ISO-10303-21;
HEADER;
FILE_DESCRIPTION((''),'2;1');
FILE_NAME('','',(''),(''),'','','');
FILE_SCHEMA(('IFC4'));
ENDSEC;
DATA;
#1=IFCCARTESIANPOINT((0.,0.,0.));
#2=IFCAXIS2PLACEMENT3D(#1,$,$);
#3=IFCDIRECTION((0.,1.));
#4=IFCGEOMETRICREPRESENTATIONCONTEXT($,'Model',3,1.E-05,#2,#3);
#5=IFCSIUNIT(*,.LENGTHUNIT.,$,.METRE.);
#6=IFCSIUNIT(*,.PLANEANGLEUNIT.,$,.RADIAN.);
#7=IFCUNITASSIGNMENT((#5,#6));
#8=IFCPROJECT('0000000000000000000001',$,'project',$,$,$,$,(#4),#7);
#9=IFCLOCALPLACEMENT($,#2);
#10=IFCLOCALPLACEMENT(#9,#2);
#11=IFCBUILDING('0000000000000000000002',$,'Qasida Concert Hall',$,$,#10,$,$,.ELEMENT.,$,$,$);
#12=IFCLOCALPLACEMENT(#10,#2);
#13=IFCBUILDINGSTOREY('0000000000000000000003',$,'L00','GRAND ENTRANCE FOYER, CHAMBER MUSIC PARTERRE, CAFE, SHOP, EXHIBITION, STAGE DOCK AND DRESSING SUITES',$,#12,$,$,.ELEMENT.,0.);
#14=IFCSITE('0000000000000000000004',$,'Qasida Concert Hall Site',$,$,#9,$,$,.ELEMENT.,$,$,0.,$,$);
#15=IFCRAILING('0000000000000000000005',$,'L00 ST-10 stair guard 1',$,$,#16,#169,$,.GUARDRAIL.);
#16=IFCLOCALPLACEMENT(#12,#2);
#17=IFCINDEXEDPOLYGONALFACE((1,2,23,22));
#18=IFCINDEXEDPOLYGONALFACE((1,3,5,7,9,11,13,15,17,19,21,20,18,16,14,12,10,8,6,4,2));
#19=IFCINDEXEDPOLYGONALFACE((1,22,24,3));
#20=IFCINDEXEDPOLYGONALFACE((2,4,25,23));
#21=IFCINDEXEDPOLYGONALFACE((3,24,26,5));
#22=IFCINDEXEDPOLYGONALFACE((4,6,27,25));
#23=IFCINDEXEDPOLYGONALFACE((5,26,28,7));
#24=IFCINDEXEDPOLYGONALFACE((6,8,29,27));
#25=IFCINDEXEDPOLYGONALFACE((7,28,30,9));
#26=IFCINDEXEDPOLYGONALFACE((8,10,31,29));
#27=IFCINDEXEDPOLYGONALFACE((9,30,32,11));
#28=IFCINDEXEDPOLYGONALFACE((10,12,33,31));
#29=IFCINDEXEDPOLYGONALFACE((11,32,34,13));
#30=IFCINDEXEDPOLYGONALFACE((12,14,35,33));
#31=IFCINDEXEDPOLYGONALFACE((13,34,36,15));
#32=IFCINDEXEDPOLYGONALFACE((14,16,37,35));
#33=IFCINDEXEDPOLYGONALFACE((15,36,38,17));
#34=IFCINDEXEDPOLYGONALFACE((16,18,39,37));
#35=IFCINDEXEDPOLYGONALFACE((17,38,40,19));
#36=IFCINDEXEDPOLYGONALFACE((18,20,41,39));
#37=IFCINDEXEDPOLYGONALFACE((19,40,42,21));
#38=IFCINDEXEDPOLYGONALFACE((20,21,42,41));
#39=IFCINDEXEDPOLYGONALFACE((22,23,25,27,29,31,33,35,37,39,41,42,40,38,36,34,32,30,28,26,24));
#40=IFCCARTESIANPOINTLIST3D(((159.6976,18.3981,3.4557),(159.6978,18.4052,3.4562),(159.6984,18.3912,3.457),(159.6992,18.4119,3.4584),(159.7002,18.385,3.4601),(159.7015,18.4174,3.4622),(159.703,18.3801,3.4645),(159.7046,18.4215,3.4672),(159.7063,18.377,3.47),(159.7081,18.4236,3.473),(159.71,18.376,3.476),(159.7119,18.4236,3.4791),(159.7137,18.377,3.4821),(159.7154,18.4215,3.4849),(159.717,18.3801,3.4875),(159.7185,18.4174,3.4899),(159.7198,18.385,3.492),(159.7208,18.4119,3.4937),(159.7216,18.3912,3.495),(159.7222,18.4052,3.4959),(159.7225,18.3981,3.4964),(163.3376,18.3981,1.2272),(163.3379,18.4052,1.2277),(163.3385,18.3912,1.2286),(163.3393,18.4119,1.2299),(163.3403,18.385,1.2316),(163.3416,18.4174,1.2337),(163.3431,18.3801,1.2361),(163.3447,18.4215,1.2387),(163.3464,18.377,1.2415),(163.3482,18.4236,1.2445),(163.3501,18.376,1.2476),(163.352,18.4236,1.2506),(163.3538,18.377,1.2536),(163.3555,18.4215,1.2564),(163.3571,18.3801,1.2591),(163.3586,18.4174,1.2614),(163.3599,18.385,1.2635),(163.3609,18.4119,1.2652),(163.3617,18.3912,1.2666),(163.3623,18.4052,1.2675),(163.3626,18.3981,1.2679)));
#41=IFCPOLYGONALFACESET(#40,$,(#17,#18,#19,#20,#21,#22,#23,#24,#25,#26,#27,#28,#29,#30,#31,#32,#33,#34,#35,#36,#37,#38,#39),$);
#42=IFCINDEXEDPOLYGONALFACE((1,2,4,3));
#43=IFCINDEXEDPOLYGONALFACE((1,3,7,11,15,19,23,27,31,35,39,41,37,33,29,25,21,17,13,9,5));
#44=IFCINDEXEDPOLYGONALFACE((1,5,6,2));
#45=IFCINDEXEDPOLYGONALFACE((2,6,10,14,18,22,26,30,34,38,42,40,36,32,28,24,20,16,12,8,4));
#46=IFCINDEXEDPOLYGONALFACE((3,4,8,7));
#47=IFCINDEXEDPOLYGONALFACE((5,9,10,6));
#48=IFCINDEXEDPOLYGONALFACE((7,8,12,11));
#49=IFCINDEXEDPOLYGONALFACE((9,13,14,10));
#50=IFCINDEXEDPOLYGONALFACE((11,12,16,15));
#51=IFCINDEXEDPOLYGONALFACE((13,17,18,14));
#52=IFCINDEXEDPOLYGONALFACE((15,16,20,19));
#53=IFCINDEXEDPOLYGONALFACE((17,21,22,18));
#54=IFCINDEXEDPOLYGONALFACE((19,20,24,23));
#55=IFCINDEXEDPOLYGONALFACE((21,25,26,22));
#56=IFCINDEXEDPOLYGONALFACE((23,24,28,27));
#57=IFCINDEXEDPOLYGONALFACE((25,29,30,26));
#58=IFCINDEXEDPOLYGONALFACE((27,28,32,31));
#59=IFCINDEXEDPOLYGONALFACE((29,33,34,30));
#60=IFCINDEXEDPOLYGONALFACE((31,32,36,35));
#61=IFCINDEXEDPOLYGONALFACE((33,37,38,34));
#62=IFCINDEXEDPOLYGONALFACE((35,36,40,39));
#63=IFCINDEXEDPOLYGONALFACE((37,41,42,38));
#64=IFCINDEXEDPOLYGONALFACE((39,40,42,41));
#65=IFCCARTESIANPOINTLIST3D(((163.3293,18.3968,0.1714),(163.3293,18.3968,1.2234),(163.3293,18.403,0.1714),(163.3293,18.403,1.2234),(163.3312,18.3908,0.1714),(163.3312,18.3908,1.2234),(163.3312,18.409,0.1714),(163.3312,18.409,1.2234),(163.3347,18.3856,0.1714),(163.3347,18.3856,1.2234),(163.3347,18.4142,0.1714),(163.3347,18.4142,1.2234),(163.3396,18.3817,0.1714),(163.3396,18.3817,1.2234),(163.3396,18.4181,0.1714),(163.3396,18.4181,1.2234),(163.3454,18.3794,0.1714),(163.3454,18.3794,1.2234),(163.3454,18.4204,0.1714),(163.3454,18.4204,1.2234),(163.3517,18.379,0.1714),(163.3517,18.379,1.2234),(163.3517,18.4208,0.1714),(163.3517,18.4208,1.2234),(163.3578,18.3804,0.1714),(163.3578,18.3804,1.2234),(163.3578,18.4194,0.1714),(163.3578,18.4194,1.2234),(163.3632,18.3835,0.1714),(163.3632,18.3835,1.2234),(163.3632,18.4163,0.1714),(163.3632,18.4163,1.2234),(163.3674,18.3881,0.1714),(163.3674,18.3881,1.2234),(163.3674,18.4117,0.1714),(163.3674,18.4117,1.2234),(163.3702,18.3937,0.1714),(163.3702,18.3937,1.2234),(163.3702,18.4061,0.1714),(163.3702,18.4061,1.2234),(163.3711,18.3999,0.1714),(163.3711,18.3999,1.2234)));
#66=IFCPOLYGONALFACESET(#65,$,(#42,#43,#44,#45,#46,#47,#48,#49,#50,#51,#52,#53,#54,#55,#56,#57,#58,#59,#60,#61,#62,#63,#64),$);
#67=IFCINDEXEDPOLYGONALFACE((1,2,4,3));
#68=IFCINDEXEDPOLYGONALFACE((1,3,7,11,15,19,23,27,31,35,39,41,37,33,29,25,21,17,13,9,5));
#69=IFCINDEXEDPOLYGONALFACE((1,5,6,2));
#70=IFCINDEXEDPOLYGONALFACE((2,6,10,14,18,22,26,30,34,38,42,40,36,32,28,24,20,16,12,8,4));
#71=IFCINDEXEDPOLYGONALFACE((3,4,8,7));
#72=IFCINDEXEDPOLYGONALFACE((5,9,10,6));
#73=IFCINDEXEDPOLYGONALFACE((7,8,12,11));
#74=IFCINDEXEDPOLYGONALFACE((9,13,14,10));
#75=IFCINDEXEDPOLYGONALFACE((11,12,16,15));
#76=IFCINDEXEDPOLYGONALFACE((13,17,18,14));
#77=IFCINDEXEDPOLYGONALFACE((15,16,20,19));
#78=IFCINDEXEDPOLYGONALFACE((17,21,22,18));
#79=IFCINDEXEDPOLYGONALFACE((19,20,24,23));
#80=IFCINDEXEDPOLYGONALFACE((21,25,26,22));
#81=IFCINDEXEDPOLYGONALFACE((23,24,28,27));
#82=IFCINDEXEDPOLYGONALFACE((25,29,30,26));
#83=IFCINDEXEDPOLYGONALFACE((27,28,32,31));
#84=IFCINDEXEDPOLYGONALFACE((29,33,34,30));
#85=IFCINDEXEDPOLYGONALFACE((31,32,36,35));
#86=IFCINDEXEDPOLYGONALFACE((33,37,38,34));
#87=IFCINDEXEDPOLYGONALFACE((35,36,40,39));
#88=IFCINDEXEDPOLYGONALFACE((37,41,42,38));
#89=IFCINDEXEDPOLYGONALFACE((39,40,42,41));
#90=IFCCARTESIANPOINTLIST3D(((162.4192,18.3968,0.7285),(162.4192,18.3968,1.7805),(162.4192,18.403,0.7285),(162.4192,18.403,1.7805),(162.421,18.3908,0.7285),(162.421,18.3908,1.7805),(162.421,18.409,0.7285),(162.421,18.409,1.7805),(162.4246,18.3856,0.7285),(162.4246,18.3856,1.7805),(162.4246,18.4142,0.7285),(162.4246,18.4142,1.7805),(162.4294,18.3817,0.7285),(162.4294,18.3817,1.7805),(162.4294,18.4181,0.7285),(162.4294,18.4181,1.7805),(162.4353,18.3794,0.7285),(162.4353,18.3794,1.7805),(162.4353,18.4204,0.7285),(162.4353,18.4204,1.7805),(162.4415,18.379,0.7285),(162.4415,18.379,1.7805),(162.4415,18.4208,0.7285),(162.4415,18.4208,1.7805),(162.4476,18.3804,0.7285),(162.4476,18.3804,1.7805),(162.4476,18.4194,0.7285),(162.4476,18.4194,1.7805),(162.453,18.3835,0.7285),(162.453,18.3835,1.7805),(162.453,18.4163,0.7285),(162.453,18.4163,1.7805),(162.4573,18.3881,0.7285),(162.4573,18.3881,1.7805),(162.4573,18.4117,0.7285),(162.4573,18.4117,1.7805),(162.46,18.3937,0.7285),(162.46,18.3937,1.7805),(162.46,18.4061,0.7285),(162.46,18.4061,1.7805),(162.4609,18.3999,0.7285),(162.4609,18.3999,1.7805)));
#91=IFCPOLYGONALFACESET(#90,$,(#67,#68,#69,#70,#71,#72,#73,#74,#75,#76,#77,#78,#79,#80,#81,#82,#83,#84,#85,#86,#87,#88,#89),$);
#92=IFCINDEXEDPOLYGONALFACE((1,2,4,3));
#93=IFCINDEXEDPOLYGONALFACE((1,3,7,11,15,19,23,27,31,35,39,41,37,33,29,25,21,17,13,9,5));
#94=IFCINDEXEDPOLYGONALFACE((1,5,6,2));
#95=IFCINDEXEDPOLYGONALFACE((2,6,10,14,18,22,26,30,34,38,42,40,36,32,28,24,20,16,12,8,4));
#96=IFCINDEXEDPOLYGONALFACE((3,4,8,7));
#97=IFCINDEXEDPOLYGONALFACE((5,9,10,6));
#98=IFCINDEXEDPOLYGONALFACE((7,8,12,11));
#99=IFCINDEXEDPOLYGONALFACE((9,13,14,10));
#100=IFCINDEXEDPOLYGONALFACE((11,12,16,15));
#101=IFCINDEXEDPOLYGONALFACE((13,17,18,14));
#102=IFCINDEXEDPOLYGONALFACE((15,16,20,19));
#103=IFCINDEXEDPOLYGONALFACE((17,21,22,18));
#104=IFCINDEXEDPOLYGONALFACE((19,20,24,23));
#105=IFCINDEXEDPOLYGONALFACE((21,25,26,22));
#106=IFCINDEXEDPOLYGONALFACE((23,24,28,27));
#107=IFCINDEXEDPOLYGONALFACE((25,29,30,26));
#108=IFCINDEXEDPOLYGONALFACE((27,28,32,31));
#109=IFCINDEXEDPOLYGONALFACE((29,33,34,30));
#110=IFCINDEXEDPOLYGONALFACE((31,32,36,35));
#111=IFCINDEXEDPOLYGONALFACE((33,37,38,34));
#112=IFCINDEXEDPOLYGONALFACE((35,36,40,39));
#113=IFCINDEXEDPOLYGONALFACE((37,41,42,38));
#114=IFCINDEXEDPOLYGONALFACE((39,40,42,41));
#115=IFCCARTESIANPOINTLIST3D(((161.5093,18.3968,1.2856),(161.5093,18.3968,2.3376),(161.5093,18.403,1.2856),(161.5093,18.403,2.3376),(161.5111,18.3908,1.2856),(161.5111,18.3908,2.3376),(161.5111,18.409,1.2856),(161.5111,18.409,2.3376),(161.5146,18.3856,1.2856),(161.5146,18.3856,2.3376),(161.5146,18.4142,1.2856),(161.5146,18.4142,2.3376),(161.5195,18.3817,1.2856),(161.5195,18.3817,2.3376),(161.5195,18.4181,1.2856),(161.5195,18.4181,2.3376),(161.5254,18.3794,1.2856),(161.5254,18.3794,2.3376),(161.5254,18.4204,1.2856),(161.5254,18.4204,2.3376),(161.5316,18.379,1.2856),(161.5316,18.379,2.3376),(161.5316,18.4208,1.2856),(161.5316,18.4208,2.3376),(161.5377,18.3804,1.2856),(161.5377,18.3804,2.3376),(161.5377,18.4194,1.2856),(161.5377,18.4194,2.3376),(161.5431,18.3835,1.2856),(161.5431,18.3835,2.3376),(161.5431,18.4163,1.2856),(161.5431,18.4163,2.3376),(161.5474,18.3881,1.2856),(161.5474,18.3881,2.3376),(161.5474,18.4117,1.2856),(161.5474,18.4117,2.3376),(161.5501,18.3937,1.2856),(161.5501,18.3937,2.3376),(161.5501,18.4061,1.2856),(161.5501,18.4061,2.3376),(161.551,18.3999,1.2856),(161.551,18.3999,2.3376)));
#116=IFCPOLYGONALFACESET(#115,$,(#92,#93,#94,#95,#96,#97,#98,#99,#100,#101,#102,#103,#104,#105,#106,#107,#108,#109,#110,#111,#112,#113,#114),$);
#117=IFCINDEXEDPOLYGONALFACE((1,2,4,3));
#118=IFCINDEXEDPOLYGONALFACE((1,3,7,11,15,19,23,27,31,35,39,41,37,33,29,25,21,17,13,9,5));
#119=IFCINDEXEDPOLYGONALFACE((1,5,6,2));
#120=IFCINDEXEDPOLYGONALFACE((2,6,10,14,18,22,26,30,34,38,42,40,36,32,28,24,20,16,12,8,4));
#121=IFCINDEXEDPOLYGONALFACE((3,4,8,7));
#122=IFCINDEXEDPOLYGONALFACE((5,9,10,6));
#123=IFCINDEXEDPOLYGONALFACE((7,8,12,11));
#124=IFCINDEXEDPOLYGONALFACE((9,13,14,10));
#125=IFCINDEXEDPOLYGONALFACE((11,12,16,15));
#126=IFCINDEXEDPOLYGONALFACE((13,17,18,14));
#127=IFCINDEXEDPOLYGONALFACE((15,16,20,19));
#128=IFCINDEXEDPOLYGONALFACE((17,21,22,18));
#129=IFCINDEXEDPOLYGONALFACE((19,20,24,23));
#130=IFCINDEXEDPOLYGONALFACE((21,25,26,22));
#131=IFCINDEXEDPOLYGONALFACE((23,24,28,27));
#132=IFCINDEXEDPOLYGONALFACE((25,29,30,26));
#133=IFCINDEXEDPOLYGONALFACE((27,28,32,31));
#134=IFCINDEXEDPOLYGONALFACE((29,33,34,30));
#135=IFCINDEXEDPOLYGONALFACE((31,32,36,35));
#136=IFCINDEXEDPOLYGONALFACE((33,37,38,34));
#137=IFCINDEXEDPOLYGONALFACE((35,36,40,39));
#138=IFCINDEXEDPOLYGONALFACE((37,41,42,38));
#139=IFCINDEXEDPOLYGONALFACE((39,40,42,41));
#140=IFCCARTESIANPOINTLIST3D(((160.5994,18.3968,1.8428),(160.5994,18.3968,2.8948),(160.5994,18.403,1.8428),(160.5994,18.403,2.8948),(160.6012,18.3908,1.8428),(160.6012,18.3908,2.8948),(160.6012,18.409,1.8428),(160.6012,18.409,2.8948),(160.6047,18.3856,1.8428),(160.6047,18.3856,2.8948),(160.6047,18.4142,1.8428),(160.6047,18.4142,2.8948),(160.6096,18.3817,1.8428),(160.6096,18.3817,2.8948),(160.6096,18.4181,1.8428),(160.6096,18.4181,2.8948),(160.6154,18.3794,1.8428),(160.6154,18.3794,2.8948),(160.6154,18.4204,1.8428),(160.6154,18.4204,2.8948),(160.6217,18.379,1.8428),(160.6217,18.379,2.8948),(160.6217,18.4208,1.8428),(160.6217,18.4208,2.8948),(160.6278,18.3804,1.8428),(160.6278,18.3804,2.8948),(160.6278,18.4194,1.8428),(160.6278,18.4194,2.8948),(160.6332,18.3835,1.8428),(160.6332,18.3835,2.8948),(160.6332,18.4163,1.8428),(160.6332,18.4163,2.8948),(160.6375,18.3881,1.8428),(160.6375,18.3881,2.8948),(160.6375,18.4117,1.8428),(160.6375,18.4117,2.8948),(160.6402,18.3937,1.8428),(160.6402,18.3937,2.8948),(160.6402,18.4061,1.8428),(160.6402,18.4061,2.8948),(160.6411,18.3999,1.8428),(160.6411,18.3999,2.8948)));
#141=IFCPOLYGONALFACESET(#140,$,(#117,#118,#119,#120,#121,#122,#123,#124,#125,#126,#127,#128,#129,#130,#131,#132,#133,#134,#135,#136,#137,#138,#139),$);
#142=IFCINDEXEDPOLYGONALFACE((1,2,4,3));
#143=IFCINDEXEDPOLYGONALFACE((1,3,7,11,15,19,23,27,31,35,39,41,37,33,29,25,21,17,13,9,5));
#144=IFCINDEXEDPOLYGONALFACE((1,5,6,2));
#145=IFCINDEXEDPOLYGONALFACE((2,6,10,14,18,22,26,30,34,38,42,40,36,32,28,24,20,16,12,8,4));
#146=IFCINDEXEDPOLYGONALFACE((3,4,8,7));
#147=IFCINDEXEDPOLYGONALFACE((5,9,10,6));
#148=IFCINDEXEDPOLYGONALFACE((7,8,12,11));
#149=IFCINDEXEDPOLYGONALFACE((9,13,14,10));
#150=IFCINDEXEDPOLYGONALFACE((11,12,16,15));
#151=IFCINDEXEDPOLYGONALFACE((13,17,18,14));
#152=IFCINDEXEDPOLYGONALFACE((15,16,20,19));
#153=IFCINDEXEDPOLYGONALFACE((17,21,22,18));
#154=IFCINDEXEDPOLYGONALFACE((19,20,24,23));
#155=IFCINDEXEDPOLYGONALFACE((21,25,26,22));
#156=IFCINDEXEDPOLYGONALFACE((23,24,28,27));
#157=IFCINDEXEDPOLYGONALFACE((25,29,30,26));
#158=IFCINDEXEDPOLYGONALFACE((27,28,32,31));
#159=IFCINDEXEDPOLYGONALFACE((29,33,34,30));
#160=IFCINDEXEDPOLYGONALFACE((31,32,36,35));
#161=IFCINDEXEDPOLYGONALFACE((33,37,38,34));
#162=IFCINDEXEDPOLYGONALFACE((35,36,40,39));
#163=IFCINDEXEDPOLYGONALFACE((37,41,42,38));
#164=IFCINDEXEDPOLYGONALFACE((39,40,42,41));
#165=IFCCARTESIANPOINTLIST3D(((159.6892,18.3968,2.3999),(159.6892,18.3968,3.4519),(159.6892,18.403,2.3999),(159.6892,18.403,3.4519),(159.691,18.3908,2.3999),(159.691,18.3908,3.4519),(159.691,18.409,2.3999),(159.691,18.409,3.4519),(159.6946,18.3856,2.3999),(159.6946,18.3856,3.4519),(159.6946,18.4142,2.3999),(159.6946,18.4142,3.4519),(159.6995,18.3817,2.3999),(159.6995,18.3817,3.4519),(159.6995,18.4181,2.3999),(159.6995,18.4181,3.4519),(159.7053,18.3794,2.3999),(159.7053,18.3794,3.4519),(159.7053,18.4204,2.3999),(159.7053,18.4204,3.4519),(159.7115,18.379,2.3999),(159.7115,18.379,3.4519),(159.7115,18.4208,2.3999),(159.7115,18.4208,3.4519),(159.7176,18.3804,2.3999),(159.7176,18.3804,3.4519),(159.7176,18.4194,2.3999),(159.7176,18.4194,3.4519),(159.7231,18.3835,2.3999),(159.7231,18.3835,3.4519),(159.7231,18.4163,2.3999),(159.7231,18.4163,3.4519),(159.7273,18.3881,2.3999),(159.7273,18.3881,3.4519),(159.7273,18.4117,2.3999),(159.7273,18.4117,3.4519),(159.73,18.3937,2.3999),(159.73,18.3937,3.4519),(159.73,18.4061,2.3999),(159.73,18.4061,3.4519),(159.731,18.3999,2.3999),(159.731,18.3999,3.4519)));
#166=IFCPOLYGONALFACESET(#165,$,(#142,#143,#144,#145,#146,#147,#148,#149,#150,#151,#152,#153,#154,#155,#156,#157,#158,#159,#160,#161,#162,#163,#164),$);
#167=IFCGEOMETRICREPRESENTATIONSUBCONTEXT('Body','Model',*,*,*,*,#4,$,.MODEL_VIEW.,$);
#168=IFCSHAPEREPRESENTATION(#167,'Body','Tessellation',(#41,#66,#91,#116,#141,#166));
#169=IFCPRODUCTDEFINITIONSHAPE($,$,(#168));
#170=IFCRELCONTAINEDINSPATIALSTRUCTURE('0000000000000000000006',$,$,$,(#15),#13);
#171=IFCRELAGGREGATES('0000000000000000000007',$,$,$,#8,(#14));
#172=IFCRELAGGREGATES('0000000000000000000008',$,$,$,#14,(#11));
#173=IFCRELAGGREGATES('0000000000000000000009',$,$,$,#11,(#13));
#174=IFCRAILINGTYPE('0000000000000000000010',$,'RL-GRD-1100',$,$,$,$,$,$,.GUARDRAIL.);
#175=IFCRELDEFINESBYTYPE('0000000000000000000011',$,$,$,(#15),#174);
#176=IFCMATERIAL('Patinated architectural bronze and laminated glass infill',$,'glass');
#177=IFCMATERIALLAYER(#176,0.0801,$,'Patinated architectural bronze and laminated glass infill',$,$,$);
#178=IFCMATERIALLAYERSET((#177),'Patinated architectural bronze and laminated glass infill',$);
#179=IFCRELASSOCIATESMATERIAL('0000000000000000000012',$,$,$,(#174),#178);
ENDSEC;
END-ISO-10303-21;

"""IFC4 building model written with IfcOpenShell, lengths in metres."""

from ifc_helpers import new_model, si_unit, direction, frame, origin, origin_2d, place, context, subcontext, project, spatial, circle, extrude, material, layer, layer_set, type_object, element, save


model = new_model("IFC4")

# Units and contexts
model_context = context("Model", 3, precision=1e-05, world=origin(), true_north=direction((0.0, 1.0)))
body_context = subcontext(model_context, "Body", "Model", "MODEL_VIEW")
ifc_project = project(units=[si_unit("LENGTHUNIT", "METRE"), si_unit("PLANEANGLEUNIT", "RADIAN")], contexts=[model_context])

# Site, building, storey
site_placement = place(None, origin())
site = spatial("IfcSite", under=ifc_project, at=site_placement, Name="Qasida Concert Hall Site", CompositionType="ELEMENT", RefElevation=0.0)
building_placement = place(site_placement, origin())
building = spatial("IfcBuilding", under=site, at=building_placement, Name="Qasida Concert Hall", CompositionType="ELEMENT")
storey_placement = place(building_placement, origin())
storey = spatial("IfcBuildingStorey", under=building, at=storey_placement, Name="L00", Description="GRAND ENTRANCE FOYER, CHAMBER MUSIC PARTERRE, CAFE, SHOP, EXHIBITION, STAGE DOCK AND DRESSING SUITES", CompositionType="ELEMENT", Elevation=0.0)

# Railing
ifc_material_1 = material(Name="Patinated architectural bronze and laminated glass infill", Category="glass")
ifc_layer_1 = layer(ifc_material_1, 0.0801, Name="Patinated architectural bronze and laminated glass infill")
ifc_layer_set_1 = layer_set([ifc_layer_1], Name="Patinated architectural bronze and laminated glass infill")
railing_type_1 = type_object("IfcRailingType", Name="RL-GRD-1100", PredefinedType="GUARDRAIL", material=ifc_layer_set_1)
railing_1_placement = place(storey_placement, frame((163.3501, 18.3999, 0.1714)))
element("IfcRailing", 1, at=railing_1_placement, inside=storey, type_object=railing_type_1, Name="L00 ST-10 stair guard 1", PredefinedType="GUARDRAIL", context=body_context, shape_type="SweptSolid", body=[
    extrude(circle(Radius=0.0239, at=origin_2d()), frame((0.0, 0.0, 1.0762), z_axis=(-0.852866, 0.0, 0.52213), x_axis=(0.0, -1.0, 0.0)), (0.0, 0.0, 1.0), 4.2681),
    extrude(circle(Radius=0.021, at=origin_2d()), origin(), (0.0, 0.0, 1.0), 1.052),
    extrude(circle(Radius=0.021, at=origin_2d()), frame((-0.9102, 0.0, 0.5571)), (0.0, 0.0, 1.0), 1.052),
    extrude(circle(Radius=0.021, at=origin_2d()), frame((-1.8201, 0.0, 1.1143)), (0.0, 0.0, 1.0), 1.052),
    extrude(circle(Radius=0.021, at=origin_2d()), frame((-2.73, 0.0, 1.6714)), (0.0, 0.0, 1.0), 1.052),
    extrude(circle(Radius=0.021, at=origin_2d()), frame((-3.6401, 0.0, 2.2285)), (0.0, 0.0, 1.0), 1.052),
])

save(model, "model.ifc")
